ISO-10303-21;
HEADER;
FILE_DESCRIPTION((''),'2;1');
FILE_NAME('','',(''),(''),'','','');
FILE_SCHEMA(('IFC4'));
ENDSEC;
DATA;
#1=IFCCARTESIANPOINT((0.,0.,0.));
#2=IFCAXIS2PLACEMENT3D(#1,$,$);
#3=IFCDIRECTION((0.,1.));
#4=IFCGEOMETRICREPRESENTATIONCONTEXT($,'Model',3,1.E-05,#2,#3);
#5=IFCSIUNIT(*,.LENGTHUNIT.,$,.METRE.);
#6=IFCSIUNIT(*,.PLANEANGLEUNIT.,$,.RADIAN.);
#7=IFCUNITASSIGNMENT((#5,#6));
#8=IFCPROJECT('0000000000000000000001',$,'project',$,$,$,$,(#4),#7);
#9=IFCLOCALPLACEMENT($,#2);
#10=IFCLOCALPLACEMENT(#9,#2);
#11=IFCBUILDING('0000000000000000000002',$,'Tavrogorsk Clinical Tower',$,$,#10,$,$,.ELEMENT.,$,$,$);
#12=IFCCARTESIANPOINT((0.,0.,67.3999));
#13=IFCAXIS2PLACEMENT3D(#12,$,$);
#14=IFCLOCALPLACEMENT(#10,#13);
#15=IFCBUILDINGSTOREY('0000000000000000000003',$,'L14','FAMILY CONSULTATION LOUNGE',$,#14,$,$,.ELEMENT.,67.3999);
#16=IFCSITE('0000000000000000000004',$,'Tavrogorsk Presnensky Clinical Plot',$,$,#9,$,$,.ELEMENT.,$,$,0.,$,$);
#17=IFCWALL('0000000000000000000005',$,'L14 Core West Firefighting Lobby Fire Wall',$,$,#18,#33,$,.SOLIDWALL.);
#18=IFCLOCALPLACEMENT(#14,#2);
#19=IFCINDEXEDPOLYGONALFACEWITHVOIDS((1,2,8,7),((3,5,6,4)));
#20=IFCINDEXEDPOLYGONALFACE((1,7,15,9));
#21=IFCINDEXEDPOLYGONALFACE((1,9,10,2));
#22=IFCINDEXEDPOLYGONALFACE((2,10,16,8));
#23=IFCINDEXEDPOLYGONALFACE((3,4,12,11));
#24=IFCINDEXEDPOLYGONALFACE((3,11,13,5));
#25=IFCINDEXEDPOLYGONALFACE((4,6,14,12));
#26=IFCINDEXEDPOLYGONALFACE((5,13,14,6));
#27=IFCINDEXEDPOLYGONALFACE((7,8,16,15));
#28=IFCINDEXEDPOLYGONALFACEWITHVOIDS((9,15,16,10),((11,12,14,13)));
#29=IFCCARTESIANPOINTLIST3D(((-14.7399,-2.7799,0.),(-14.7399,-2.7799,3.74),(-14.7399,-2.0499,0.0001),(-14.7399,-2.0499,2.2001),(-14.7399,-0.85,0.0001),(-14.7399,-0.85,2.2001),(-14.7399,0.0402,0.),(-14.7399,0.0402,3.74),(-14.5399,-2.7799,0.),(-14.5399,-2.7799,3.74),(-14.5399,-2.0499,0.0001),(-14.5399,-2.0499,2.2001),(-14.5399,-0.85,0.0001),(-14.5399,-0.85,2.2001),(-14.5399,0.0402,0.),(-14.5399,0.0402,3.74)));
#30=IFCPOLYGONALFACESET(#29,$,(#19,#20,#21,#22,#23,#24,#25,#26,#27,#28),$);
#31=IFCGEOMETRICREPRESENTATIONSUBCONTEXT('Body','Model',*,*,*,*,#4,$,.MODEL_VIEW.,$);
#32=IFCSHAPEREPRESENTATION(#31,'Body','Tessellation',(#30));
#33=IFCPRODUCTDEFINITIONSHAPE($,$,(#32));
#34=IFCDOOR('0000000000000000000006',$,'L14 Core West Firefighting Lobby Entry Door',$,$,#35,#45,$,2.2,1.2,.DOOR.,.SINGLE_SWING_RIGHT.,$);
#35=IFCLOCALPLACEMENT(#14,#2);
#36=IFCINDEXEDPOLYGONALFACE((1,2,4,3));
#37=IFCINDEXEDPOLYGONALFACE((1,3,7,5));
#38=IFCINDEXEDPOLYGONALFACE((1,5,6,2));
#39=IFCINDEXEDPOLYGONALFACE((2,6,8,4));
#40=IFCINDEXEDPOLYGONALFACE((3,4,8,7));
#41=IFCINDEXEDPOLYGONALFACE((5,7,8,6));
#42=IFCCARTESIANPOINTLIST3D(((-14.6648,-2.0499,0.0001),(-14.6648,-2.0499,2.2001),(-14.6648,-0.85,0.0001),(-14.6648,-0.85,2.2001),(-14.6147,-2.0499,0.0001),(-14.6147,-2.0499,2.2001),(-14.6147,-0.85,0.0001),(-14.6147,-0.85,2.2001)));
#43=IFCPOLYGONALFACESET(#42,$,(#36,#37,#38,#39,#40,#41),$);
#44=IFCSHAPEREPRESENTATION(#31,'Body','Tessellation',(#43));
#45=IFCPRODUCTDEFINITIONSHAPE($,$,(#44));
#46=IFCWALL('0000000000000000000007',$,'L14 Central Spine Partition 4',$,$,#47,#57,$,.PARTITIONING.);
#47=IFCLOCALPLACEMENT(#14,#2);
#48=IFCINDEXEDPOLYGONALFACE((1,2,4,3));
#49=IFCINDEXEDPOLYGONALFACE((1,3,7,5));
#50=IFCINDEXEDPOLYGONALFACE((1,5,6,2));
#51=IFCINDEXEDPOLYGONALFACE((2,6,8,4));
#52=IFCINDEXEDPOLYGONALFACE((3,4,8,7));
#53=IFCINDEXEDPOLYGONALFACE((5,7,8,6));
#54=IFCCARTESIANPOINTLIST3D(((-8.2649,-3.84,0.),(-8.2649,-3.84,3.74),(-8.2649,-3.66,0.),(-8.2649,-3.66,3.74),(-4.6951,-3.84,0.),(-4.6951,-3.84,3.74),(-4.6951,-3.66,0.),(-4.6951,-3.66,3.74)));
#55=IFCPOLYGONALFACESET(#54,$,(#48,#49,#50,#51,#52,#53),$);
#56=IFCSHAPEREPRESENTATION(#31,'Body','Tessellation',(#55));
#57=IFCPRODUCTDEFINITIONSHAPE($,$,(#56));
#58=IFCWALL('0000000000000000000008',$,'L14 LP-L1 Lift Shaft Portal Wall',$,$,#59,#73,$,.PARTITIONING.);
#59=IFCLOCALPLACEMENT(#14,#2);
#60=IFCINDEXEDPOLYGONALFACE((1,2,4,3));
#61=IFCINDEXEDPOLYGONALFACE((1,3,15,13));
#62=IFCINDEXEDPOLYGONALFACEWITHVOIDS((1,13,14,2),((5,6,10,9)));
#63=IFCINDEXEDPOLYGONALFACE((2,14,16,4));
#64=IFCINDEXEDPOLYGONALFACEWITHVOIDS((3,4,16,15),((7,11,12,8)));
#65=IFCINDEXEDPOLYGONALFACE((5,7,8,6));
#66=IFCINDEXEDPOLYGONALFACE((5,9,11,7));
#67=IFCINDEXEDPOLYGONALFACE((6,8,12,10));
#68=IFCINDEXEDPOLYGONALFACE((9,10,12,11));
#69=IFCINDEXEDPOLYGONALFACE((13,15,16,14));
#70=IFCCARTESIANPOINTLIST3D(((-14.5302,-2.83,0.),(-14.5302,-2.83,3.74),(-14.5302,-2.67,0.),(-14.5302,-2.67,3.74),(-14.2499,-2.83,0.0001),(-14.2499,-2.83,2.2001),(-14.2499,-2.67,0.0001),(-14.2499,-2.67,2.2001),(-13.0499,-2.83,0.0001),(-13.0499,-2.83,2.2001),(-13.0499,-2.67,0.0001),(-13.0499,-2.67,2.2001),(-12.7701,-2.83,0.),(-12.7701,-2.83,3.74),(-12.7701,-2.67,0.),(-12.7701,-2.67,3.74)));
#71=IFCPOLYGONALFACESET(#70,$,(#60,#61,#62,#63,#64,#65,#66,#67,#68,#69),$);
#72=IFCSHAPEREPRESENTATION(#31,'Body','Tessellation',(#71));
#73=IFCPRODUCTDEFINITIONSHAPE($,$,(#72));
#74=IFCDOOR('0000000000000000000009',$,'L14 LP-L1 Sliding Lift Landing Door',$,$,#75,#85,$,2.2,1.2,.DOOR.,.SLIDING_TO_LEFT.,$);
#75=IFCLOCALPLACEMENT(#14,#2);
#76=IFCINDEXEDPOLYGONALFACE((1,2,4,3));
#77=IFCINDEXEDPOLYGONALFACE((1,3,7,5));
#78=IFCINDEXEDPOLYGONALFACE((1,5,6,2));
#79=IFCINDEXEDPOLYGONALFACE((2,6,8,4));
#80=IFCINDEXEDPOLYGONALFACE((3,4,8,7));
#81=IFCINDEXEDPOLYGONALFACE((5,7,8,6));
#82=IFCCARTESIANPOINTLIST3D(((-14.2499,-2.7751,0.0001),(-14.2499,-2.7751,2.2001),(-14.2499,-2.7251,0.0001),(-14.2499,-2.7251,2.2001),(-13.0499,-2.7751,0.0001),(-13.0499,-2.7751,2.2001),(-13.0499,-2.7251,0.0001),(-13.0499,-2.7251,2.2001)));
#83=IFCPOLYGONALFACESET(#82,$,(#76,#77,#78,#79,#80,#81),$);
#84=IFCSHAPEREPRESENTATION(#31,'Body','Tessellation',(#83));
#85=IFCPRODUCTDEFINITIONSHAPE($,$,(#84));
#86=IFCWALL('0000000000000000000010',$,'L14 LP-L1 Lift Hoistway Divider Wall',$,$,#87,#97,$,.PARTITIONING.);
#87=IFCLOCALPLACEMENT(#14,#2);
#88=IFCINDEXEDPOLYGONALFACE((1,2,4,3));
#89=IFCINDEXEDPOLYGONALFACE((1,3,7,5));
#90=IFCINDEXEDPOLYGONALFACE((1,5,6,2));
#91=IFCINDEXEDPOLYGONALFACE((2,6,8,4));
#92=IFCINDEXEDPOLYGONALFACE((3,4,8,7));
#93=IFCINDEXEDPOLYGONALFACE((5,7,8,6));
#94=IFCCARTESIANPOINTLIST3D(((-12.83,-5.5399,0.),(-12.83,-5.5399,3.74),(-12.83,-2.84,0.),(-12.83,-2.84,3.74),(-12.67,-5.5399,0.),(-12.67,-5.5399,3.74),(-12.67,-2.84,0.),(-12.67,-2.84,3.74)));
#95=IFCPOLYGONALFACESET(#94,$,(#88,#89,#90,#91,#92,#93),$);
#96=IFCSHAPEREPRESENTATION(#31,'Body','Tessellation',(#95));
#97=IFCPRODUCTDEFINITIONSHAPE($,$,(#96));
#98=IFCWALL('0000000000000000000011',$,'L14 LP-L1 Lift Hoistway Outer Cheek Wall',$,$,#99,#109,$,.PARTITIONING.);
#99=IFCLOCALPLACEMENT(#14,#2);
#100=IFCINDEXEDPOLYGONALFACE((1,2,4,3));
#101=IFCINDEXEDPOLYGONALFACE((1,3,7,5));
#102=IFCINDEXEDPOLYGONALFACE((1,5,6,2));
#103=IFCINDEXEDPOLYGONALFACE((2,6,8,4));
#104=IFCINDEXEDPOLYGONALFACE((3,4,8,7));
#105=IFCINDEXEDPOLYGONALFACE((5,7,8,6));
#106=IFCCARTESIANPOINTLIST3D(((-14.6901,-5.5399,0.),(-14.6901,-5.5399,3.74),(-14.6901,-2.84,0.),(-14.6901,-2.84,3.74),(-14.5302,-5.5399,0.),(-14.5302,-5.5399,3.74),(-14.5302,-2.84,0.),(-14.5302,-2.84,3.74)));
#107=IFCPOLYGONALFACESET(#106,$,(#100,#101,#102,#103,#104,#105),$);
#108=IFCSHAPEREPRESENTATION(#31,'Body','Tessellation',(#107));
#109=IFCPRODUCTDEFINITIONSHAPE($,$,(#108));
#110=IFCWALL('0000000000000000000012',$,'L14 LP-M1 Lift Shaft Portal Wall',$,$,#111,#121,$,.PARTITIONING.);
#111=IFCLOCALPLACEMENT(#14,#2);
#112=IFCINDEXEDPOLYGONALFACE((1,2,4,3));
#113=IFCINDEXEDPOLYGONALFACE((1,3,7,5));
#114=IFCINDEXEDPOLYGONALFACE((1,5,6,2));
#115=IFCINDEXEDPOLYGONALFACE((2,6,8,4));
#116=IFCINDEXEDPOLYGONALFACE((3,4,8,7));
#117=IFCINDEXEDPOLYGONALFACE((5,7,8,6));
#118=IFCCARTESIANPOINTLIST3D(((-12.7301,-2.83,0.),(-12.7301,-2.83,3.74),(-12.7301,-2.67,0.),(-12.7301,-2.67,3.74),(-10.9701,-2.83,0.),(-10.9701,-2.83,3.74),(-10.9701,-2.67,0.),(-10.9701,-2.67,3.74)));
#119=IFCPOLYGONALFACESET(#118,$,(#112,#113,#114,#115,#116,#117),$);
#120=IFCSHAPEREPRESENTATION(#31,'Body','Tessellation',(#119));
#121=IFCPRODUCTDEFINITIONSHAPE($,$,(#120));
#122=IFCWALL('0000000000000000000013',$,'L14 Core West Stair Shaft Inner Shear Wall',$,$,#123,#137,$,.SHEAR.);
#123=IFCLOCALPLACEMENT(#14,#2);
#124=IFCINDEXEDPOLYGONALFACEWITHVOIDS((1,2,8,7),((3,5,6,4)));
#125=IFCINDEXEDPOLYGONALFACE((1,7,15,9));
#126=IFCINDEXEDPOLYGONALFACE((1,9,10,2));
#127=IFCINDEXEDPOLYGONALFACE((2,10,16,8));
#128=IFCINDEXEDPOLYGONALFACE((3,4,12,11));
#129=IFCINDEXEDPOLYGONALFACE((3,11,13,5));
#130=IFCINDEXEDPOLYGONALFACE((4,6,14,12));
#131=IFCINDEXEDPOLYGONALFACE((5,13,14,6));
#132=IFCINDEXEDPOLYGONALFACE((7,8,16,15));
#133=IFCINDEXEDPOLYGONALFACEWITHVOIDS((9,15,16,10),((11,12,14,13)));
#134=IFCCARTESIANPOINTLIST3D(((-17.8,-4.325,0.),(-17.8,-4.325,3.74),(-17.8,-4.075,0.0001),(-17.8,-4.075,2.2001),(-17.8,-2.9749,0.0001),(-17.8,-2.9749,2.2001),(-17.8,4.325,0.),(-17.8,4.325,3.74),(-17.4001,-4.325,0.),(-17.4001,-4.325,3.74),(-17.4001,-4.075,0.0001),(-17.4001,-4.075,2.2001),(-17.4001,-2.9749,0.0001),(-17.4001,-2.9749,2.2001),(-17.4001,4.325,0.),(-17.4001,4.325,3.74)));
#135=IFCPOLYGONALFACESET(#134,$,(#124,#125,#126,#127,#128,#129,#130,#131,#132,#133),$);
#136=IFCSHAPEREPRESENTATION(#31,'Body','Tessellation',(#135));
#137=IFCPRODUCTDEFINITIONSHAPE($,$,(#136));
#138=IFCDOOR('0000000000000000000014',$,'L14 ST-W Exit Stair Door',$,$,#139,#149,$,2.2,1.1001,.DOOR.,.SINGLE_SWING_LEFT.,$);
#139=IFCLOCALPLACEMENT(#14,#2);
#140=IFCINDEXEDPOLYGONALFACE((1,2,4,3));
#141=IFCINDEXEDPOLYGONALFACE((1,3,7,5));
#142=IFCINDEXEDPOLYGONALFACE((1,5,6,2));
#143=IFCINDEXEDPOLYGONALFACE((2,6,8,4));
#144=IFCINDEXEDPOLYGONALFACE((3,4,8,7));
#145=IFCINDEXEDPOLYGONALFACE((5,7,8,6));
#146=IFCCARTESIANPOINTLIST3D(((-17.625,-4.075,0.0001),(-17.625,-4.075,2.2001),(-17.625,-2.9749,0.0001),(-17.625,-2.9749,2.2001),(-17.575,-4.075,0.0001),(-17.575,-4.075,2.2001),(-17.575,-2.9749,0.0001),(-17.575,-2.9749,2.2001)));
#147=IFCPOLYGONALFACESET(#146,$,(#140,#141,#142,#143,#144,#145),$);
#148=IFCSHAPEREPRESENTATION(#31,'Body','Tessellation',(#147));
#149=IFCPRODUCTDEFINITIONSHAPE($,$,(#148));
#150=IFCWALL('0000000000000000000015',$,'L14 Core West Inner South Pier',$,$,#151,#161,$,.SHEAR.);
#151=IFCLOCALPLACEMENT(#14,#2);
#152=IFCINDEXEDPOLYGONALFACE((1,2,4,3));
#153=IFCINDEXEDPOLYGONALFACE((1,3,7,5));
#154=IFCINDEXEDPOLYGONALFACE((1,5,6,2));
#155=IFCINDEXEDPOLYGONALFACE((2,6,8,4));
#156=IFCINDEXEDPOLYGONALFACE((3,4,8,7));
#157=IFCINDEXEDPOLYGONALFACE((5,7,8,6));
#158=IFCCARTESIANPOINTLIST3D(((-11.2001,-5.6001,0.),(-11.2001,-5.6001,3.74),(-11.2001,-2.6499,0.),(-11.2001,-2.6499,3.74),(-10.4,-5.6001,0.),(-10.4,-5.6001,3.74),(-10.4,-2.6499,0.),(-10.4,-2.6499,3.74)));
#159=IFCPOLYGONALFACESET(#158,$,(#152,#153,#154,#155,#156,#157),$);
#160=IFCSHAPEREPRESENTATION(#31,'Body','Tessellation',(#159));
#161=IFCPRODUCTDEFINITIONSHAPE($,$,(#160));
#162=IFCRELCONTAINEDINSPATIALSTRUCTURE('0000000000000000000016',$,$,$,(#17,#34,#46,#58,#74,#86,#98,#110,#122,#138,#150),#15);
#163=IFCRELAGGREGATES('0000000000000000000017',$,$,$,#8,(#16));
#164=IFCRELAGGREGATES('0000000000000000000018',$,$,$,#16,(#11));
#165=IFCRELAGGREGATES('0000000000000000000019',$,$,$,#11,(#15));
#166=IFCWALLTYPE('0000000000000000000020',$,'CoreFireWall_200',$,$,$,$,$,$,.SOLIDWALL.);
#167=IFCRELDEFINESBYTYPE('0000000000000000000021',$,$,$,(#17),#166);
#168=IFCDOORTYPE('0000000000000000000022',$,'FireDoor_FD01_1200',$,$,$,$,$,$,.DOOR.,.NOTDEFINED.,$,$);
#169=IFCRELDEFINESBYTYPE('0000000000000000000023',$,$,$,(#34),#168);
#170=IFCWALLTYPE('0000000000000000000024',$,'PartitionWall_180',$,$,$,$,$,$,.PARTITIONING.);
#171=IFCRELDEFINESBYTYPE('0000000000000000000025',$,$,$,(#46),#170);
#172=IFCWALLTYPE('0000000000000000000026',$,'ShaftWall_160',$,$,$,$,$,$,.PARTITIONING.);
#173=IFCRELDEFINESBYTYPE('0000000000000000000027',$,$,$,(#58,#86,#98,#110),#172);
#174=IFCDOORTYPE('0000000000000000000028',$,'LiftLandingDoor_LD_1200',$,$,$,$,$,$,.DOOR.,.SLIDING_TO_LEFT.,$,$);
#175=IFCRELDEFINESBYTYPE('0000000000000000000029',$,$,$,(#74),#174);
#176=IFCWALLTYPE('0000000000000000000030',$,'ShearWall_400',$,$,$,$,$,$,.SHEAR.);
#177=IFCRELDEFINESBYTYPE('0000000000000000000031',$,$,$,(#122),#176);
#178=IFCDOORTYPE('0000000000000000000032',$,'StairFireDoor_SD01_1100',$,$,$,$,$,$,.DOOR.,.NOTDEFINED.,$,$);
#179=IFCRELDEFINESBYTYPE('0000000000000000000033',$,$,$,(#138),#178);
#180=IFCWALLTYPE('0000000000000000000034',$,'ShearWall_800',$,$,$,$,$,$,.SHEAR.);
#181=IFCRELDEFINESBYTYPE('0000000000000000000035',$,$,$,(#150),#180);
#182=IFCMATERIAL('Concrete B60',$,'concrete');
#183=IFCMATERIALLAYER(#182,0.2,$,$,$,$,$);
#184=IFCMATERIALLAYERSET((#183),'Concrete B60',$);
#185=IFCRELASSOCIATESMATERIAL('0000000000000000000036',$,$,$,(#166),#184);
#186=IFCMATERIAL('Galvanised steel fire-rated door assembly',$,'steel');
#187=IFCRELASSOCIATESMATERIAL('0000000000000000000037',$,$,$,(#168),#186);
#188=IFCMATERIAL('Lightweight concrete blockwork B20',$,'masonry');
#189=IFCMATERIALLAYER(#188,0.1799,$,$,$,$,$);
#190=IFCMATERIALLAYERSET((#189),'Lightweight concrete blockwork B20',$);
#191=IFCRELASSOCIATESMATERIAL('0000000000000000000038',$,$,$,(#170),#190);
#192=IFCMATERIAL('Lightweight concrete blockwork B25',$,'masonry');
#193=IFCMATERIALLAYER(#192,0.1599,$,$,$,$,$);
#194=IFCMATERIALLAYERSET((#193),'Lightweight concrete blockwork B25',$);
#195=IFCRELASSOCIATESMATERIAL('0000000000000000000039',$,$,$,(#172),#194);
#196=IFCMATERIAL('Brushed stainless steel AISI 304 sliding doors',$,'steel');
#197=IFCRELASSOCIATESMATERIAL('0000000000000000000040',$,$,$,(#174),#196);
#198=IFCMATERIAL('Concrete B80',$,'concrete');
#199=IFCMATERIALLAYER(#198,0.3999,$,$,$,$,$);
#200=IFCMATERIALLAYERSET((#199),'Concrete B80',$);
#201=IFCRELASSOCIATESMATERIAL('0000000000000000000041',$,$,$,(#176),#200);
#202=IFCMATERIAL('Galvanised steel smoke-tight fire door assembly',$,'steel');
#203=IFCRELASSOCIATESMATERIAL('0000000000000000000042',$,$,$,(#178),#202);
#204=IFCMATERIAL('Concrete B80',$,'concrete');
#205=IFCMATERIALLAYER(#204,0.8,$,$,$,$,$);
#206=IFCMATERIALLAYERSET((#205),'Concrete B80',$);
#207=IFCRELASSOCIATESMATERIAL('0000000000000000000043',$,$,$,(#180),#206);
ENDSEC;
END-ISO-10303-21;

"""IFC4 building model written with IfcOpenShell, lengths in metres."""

from ifc_helpers import new_model, si_unit, direction, frame, frame_2d, origin, place, context, subcontext, project, spatial, rectangle, extrude, material, layer, layer_set, type_object, element, fill, save


model = new_model("IFC4")

# Units and contexts
model_context = context("Model", 3, precision=1e-05, world=origin(), true_north=direction((0.0, 1.0)))
body_context = subcontext(model_context, "Body", "Model", "MODEL_VIEW")
ifc_project = project(units=[si_unit("LENGTHUNIT", "METRE"), si_unit("PLANEANGLEUNIT", "RADIAN")], contexts=[model_context])

# Site, building, storey
site_placement = place(None, origin())
site = spatial("IfcSite", under=ifc_project, at=site_placement, Name="Tavrogorsk Presnensky Clinical Plot", CompositionType="ELEMENT", RefElevation=0.0)
building_placement = place(site_placement, origin())
building = spatial("IfcBuilding", under=site, at=building_placement, Name="Tavrogorsk Clinical Tower", CompositionType="ELEMENT")
storey_placement = place(building_placement, frame((0.0, 0.0, 67.3999)))
storey = spatial("IfcBuildingStorey", under=building, at=storey_placement, Name="L14", Description="FAMILY CONSULTATION LOUNGE", CompositionType="ELEMENT", Elevation=67.3999)

# Wall, opening, door
ifc_material_1 = material(Name="Concrete B60", Category="concrete")
ifc_layer_1 = layer(ifc_material_1, 0.2)
ifc_layer_set_1 = layer_set([ifc_layer_1], Name="Concrete B60")
wall_type_1 = type_object("IfcWallType", Name="CoreFireWall_200", PredefinedType="SOLIDWALL", material=ifc_layer_set_1)
wall_1_placement = place(storey_placement, frame((-14.6399, -2.78, 0.0), z_axis=(0.0, 0.0, 1.0), x_axis=(0.0, 1.0, 0.0)))
wall_1 = element("IfcWall", 1, at=wall_1_placement, inside=storey, type_object=wall_type_1, Name="L14 Core West Firefighting Lobby Fire Wall", PredefinedType="SOLIDWALL", context=body_context, shape_type="SweptSolid", body=[
    extrude(rectangle(XDim=2.8201, YDim=0.2, at=frame_2d((1.4102, 0.0))), origin(), (0.0, 0.0, 1.0), 3.74),
])
opening_1_placement = place(wall_1_placement, frame((0.73, 0.0, 0.0)))
opening_1 = element("IfcOpeningElement", 2, at=opening_1_placement, cuts=wall_1, PredefinedType="OPENING", context=body_context, shape_type="SweptSolid", body=[
    extrude(rectangle(XDim=1.2, YDim=2.2, at=frame_2d((0.6001, 1.1001))), frame((0.0, 0.1099, 0.0), z_axis=(0.0, -1.0, 0.0), x_axis=(1.0, 0.0, 0.0)), (0.0, 0.0, 1.0), 0.22),
])
ifc_material_2 = material(Name="Galvanised steel fire-rated door assembly", Category="steel")
door_type_1 = type_object("IfcDoorType", Name="FireDoor_FD01_1200", OperationType="NOTDEFINED", PredefinedType="DOOR", material=ifc_material_2)
door_1_placement = place(opening_1_placement, origin())
door_1 = element("IfcDoor", 3, at=door_1_placement, inside=storey, type_object=door_type_1, Name="L14 Core West Firefighting Lobby Entry Door", OperationType="SINGLE_SWING_RIGHT", OverallHeight=2.2, OverallWidth=1.2, PredefinedType="DOOR", context=body_context, shape_type="SweptSolid", body=[
    extrude(rectangle(XDim=1.2, YDim=2.2, at=frame_2d((0.6001, 1.1001))), frame((0.0, 0.0249, 0.0), z_axis=(0.0, -1.0, 0.0), x_axis=(1.0, 0.0, 0.0)), (0.0, 0.0, 1.0), 0.05),
])
fill(opening_1, door_1)

# Wall
ifc_material_3 = material(Name="Lightweight concrete blockwork B20", Category="masonry")
ifc_layer_2 = layer(ifc_material_3, 0.1799)
ifc_layer_set_2 = layer_set([ifc_layer_2], Name="Lightweight concrete blockwork B20")
wall_type_2 = type_object("IfcWallType", Name="PartitionWall_180", PredefinedType="PARTITIONING", material=ifc_layer_set_2)
wall_2_placement = place(storey_placement, frame((-8.2649, -3.75, 0.0), z_axis=(0.0, 0.0, 1.0), x_axis=(1.0, 0.0, 0.0)))
element("IfcWall", 4, at=wall_2_placement, inside=storey, type_object=wall_type_2, Name="L14 Central Spine Partition 4", PredefinedType="PARTITIONING", context=body_context, shape_type="SweptSolid", body=[
    extrude(rectangle(XDim=3.5698, YDim=0.1799, at=frame_2d((1.7849, 0.0))), origin(), (0.0, 0.0, 1.0), 3.74),
])

# Wall, opening, door
ifc_material_4 = material(Name="Lightweight concrete blockwork B25", Category="masonry")
ifc_layer_3 = layer(ifc_material_4, 0.1599)
ifc_layer_set_3 = layer_set([ifc_layer_3], Name="Lightweight concrete blockwork B25")
wall_type_3 = type_object("IfcWallType", Name="ShaftWall_160", PredefinedType="PARTITIONING", material=ifc_layer_set_3)
wall_3_placement = place(storey_placement, frame((-14.53, -2.75, 0.0), z_axis=(0.0, 0.0, 1.0), x_axis=(1.0, 0.0, 0.0)))
wall_3 = element("IfcWall", 5, at=wall_3_placement, inside=storey, type_object=wall_type_3, Name="L14 LP-L1 Lift Shaft Portal Wall", PredefinedType="PARTITIONING", context=body_context, shape_type="SweptSolid", body=[
    extrude(rectangle(XDim=1.76, YDim=0.1599, at=frame_2d((0.8799, 0.0))), origin(), (0.0, 0.0, 1.0), 3.74),
])
opening_2_placement = place(wall_3_placement, frame((0.28, 0.0, 0.0)))
opening_2 = element("IfcOpeningElement", 6, at=opening_2_placement, cuts=wall_3, PredefinedType="OPENING", context=body_context, shape_type="SweptSolid", body=[
    extrude(rectangle(XDim=1.2, YDim=2.2, at=frame_2d((0.6001, 1.1001))), frame((0.0, 0.0898, 0.0), z_axis=(0.0, -1.0, 0.0), x_axis=(1.0, 0.0, 0.0)), (0.0, 0.0, 1.0), 0.1799),
])
ifc_material_5 = material(Name="Brushed stainless steel AISI 304 sliding doors", Category="steel")
door_type_2 = type_object("IfcDoorType", Name="LiftLandingDoor_LD_1200", OperationType="SLIDING_TO_LEFT", PredefinedType="DOOR", material=ifc_material_5)
door_2_placement = place(opening_2_placement, origin())
door_2 = element("IfcDoor", 7, at=door_2_placement, inside=storey, type_object=door_type_2, Name="L14 LP-L1 Sliding Lift Landing Door", OperationType="SLIDING_TO_LEFT", OverallHeight=2.2, OverallWidth=1.2, PredefinedType="DOOR", context=body_context, shape_type="SweptSolid", body=[
    extrude(rectangle(XDim=1.2, YDim=2.2, at=frame_2d((0.6001, 1.1001))), frame((0.0, 0.0249, 0.0), z_axis=(0.0, -1.0, 0.0), x_axis=(1.0, 0.0, 0.0)), (0.0, 0.0, 1.0), 0.05),
])
fill(opening_2, door_2)

# Walls
for number, where, z_axis, x_axis, name in (
    (8, (-12.75, -5.54, 0.0), (0.0, 0.0, 1.0), (0.0, 1.0, 0.0), "L14 LP-L1 Lift Hoistway Divider Wall"),
    (9, (-14.6101, -5.54, 0.0), (0.0, 0.0, 1.0), (0.0, 1.0, 0.0), "L14 LP-L1 Lift Hoistway Outer Cheek Wall"),
):
    element("IfcWall", number, at=place(storey_placement, frame(where, z_axis=z_axis, x_axis=x_axis)), inside=storey, type_object=wall_type_3, Name=name, PredefinedType="PARTITIONING", context=body_context, shape_type="SweptSolid", body=[
        extrude(rectangle(XDim=2.7, YDim=0.1599, at=frame_2d((1.3501, 0.0))), origin(), (0.0, 0.0, 1.0), 3.74),
    ])
wall_4_placement = place(storey_placement, frame((-12.73, -2.75, 0.0), z_axis=(0.0, 0.0, 1.0), x_axis=(1.0, 0.0, 0.0)))
element("IfcWall", 10, at=wall_4_placement, inside=storey, type_object=wall_type_3, Name="L14 LP-M1 Lift Shaft Portal Wall", PredefinedType="PARTITIONING", context=body_context, shape_type="SweptSolid", body=[
    extrude(rectangle(XDim=1.76, YDim=0.1599, at=frame_2d((0.8799, 0.0))), origin(), (0.0, 0.0, 1.0), 3.74),
])

# Wall, opening, door
ifc_material_6 = material(Name="Concrete B80", Category="concrete")
ifc_layer_4 = layer(ifc_material_6, 0.3999)
ifc_layer_set_4 = layer_set([ifc_layer_4], Name="Concrete B80")
wall_type_4 = type_object("IfcWallType", Name="ShearWall_400", PredefinedType="SHEAR", material=ifc_layer_set_4)
wall_5_placement = place(storey_placement, frame((-17.6001, -4.325, 0.0), z_axis=(0.0, 0.0, 1.0), x_axis=(0.0, 1.0, 0.0)))
wall_5 = element("IfcWall", 11, at=wall_5_placement, inside=storey, type_object=wall_type_4, Name="L14 Core West Stair Shaft Inner Shear Wall", PredefinedType="SHEAR", context=body_context, shape_type="SweptSolid", body=[
    extrude(rectangle(XDim=8.6499, YDim=0.3999, at=frame_2d((4.325, 0.0))), origin(), (0.0, 0.0, 1.0), 3.74),
])
opening_3_placement = place(wall_5_placement, frame((0.25, 0.0, 0.0)))
opening_3 = element("IfcOpeningElement", 12, at=opening_3_placement, cuts=wall_5, PredefinedType="OPENING", context=body_context, shape_type="SweptSolid", body=[
    extrude(rectangle(XDim=1.1001, YDim=2.2, at=frame_2d((0.55, 1.1001))), frame((0.0, 0.21, 0.0), z_axis=(0.0, -1.0, 0.0), x_axis=(1.0, 0.0, 0.0)), (0.0, 0.0, 1.0), 0.4199),
])
ifc_material_7 = material(Name="Galvanised steel smoke-tight fire door assembly", Category="steel")
door_type_3 = type_object("IfcDoorType", Name="StairFireDoor_SD01_1100", OperationType="NOTDEFINED", PredefinedType="DOOR", material=ifc_material_7)
door_3_placement = place(opening_3_placement, origin())
door_3 = element("IfcDoor", 13, at=door_3_placement, inside=storey, type_object=door_type_3, Name="L14 ST-W Exit Stair Door", OperationType="SINGLE_SWING_LEFT", OverallHeight=2.2, OverallWidth=1.1001, PredefinedType="DOOR", context=body_context, shape_type="SweptSolid", body=[
    extrude(rectangle(XDim=1.1001, YDim=2.2, at=frame_2d((0.55, 1.1001))), frame((0.0, 0.0249, 0.0), z_axis=(0.0, -1.0, 0.0), x_axis=(1.0, 0.0, 0.0)), (0.0, 0.0, 1.0), 0.05),
])
fill(opening_3, door_3)

# Wall
ifc_material_8 = material(Name="Concrete B80", Category="concrete")
ifc_layer_5 = layer(ifc_material_8, 0.8)
ifc_layer_set_5 = layer_set([ifc_layer_5], Name="Concrete B80")
wall_type_5 = type_object("IfcWallType", Name="ShearWall_800", PredefinedType="SHEAR", material=ifc_layer_set_5)
wall_6_placement = place(storey_placement, frame((-10.8, -5.6001, 0.0), z_axis=(0.0, 0.0, 1.0), x_axis=(0.0, 1.0, 0.0)))
element("IfcWall", 14, at=wall_6_placement, inside=storey, type_object=wall_type_5, Name="L14 Core West Inner South Pier", PredefinedType="SHEAR", context=body_context, shape_type="SweptSolid", body=[
    extrude(rectangle(XDim=2.9502, YDim=0.8, at=frame_2d((1.4751, 0.0))), origin(), (0.0, 0.0, 1.0), 3.74),
])

save(model, "model.ifc")
